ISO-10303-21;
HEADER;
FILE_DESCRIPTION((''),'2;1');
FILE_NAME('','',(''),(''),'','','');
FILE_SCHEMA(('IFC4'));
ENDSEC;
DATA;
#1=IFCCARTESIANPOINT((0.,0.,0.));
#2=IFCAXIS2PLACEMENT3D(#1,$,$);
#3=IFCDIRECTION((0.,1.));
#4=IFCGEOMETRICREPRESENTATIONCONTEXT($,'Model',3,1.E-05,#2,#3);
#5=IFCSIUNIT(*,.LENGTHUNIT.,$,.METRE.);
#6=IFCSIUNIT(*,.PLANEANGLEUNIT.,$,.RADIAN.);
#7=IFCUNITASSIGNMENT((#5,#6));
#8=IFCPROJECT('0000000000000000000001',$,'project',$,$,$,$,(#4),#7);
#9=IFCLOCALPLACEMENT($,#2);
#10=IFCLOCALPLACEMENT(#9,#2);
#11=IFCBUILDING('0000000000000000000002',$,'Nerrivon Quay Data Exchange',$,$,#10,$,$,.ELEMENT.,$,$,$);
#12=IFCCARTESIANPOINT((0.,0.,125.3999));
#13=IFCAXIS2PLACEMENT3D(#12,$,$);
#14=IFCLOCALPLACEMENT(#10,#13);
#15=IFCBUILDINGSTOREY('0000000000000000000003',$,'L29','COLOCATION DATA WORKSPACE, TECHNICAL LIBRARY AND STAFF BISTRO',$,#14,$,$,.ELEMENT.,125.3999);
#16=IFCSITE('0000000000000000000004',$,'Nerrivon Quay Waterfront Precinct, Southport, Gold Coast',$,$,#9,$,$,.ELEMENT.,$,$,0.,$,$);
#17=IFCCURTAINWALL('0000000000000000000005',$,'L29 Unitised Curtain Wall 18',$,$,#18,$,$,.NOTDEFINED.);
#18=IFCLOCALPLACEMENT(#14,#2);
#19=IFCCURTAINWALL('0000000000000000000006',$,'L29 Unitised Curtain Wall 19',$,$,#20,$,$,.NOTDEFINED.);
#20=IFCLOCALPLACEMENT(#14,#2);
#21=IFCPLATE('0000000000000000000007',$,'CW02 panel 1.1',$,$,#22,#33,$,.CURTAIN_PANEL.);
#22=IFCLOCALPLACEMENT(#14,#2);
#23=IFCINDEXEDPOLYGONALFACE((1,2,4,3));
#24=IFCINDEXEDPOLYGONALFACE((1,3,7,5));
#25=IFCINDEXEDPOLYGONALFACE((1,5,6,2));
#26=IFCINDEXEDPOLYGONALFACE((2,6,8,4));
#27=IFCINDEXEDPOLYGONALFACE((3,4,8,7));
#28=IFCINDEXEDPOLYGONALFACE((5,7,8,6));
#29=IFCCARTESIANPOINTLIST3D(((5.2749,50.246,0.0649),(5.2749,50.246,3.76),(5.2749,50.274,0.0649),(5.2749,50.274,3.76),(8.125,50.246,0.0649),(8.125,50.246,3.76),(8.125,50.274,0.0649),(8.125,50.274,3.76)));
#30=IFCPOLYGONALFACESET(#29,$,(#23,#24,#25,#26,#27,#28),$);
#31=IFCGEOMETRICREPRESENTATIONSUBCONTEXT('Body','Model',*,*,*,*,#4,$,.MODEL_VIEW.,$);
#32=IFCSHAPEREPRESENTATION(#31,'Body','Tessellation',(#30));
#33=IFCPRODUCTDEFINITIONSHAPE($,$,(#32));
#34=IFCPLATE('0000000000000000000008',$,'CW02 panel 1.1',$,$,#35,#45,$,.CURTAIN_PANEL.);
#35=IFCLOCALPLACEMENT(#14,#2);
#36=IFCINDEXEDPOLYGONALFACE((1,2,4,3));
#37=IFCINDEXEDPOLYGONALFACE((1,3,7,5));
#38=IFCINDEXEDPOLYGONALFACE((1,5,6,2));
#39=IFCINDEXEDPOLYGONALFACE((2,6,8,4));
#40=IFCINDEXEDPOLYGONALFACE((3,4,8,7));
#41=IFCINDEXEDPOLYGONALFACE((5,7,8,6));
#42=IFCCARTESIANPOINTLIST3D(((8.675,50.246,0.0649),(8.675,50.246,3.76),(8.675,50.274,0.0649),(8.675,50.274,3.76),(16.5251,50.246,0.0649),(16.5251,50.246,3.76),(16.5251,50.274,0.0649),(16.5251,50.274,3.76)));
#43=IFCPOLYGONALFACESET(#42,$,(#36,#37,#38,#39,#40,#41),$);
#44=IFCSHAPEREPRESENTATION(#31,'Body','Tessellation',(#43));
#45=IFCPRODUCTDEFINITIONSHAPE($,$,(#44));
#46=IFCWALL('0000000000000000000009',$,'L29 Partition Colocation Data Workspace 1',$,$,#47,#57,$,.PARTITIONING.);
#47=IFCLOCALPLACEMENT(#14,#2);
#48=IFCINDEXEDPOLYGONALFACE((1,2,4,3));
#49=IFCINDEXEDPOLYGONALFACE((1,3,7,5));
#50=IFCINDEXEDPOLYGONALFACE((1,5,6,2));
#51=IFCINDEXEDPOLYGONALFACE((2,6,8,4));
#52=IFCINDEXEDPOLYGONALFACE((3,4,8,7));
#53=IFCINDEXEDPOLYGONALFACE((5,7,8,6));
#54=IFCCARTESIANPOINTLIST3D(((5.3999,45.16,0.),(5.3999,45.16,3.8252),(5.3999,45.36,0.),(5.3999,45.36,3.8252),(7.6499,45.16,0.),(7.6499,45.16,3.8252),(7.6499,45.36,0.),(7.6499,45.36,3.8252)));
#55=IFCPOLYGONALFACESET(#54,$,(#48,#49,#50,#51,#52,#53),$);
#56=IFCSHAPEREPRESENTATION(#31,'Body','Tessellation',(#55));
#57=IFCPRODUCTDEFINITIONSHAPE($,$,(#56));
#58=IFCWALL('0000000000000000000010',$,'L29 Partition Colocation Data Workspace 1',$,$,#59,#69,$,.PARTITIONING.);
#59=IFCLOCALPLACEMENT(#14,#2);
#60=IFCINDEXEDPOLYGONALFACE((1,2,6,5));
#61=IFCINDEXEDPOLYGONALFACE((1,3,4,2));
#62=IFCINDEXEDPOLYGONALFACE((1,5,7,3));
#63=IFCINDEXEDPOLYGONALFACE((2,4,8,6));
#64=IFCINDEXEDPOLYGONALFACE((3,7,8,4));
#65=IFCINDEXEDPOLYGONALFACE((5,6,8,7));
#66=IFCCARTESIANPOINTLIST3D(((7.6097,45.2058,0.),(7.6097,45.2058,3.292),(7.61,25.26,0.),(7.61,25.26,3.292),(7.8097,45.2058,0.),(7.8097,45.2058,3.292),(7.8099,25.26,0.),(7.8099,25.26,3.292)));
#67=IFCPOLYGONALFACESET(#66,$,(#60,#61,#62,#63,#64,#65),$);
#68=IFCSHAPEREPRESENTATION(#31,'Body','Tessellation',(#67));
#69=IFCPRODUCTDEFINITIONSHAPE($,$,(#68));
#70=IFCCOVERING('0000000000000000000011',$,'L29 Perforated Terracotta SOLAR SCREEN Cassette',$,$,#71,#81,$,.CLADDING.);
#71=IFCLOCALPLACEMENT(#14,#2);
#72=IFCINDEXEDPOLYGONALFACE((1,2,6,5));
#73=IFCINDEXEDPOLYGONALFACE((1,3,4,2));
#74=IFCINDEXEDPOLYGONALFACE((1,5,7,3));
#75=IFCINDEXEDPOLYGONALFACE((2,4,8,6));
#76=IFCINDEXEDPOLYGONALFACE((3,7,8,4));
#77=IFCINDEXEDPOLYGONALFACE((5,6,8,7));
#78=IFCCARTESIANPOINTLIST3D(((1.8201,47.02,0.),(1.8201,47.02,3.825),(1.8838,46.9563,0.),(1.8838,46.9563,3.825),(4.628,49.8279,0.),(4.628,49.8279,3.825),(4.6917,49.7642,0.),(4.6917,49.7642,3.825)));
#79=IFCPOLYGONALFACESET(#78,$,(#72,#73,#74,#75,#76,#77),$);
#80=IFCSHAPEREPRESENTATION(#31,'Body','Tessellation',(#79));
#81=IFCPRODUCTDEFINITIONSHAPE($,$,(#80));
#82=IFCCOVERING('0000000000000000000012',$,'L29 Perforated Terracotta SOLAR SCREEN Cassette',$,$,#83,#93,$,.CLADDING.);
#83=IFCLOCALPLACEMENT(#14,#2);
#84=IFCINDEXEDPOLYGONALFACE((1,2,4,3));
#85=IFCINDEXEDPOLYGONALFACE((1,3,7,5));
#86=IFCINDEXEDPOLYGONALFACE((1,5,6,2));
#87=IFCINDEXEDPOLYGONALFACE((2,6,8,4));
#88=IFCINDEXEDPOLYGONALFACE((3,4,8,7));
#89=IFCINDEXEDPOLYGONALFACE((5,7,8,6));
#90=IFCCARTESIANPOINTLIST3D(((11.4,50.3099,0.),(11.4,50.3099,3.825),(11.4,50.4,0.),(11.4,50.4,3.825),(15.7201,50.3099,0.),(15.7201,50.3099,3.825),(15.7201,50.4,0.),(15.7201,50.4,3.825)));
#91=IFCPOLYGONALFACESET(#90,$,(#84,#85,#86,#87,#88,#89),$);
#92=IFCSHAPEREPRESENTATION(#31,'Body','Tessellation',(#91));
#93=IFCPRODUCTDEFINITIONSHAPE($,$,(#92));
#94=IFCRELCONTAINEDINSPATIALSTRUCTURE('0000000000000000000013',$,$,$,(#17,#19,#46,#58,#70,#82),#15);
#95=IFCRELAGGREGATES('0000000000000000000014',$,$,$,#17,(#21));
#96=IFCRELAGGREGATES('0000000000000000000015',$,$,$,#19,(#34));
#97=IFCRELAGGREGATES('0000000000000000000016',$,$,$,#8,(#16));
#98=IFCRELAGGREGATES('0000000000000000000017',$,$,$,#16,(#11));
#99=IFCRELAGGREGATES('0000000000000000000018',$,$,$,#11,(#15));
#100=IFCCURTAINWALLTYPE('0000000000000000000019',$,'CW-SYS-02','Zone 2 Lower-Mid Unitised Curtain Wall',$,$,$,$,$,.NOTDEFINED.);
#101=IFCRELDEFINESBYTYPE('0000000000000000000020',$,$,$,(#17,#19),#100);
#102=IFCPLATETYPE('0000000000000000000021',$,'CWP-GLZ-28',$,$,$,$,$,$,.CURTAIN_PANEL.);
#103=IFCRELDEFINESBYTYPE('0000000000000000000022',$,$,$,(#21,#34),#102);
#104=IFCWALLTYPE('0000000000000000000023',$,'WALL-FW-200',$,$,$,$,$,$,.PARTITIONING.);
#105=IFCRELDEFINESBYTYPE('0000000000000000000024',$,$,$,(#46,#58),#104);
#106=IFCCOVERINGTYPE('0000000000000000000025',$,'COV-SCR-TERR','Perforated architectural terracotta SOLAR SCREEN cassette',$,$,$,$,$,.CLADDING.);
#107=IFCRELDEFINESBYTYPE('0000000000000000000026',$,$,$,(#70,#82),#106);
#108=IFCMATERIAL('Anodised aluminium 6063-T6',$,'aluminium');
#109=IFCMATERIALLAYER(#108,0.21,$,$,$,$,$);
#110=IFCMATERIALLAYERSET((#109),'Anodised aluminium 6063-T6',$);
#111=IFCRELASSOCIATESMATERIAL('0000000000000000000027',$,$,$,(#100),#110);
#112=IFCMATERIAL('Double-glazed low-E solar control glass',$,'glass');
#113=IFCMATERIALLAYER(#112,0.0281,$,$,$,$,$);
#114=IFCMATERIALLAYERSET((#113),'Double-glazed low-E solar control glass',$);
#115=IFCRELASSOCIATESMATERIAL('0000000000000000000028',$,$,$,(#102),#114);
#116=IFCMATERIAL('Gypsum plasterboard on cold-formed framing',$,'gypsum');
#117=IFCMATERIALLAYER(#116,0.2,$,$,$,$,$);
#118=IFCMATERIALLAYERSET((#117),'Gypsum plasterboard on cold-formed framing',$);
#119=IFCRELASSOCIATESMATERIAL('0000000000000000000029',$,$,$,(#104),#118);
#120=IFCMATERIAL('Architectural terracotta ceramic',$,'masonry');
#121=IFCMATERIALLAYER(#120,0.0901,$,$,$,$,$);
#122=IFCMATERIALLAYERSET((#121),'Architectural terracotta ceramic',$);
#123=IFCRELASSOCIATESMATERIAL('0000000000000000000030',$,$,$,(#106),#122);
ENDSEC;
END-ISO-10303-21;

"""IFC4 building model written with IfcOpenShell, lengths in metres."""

from ifc_helpers import new_model, si_unit, direction, frame, frame_2d, origin, origin_2d, place, context, subcontext, project, spatial, rectangle, extrude, material, layer, layer_set, type_object, element, aggregate, save


model = new_model("IFC4")

# Units and contexts
model_context = context("Model", 3, precision=1e-05, world=origin(), true_north=direction((0.0, 1.0)))
body_context = subcontext(model_context, "Body", "Model", "MODEL_VIEW")
ifc_project = project(units=[si_unit("LENGTHUNIT", "METRE"), si_unit("PLANEANGLEUNIT", "RADIAN")], contexts=[model_context])

# Site, building, storey
site_placement = place(None, origin())
site = spatial("IfcSite", under=ifc_project, at=site_placement, Name="Nerrivon Quay Waterfront Precinct, Southport, Gold Coast", CompositionType="ELEMENT", RefElevation=0.0)
building_placement = place(site_placement, origin())
building = spatial("IfcBuilding", under=site, at=building_placement, Name="Nerrivon Quay Data Exchange", CompositionType="ELEMENT")
storey_placement = place(building_placement, frame((0.0, 0.0, 125.3999)))
storey = spatial("IfcBuildingStorey", under=building, at=storey_placement, Name="L29", Description="COLOCATION DATA WORKSPACE, TECHNICAL LIBRARY AND STAFF BISTRO", CompositionType="ELEMENT", Elevation=125.3999)

# Shared definitions
ifc_material_1 = material(Name="Anodised aluminium 6063-T6", Category="aluminium")
ifc_layer_1 = layer(ifc_material_1, 0.21)
ifc_layer_set_1 = layer_set([ifc_layer_1], Name="Anodised aluminium 6063-T6")
curtain_wall_type = type_object("IfcCurtainWallType", Name="CW-SYS-02", Description="Zone 2 Lower-Mid Unitised Curtain Wall", PredefinedType="NOTDEFINED", material=ifc_layer_set_1)

# Curtain wall
curtain_wall_1_placement = place(storey_placement, origin())
curtain_wall_1 = element("IfcCurtainWall", 1, at=curtain_wall_1_placement, inside=storey, type_object=curtain_wall_type, Name="L29 Unitised Curtain Wall 18", PredefinedType="NOTDEFINED")

# Curtain wall
curtain_wall_2_placement = place(storey_placement, origin())
curtain_wall_2 = element("IfcCurtainWall", 2, at=curtain_wall_2_placement, inside=storey, type_object=curtain_wall_type, Name="L29 Unitised Curtain Wall 19", PredefinedType="NOTDEFINED")

# Plates
ifc_material_2 = material(Name="Double-glazed low-E solar control glass", Category="glass")
ifc_layer_2 = layer(ifc_material_2, 0.0281)
ifc_layer_set_2 = layer_set([ifc_layer_2], Name="Double-glazed low-E solar control glass")
plate_type = type_object("IfcPlateType", Name="CWP-GLZ-28", PredefinedType="CURTAIN_PANEL", material=ifc_layer_set_2)
plate_1_placement = place(storey_placement, frame((6.7, 50.26, 0.0649), z_axis=(0.0, 0.0, 1.0), x_axis=(1.0, 0.0, 0.0)))
plate_1 = element("IfcPlate", 3, at=plate_1_placement, type_object=plate_type, Name="CW02 panel 1.1", PredefinedType="CURTAIN_PANEL", context=body_context, shape_type="SweptSolid", body=[
    extrude(rectangle(XDim=2.8501, YDim=0.0281, at=origin_2d()), origin(), (0.0, 0.0, 1.0), 3.6951),
])
aggregate(curtain_wall_1, [plate_1])
plate_2_placement = place(storey_placement, frame((12.6001, 50.26, 0.0649), z_axis=(0.0, 0.0, 1.0), x_axis=(1.0, 0.0, 0.0)))
plate_2 = element("IfcPlate", 4, at=plate_2_placement, type_object=plate_type, Name="CW02 panel 1.1", PredefinedType="CURTAIN_PANEL", context=body_context, shape_type="SweptSolid", body=[
    extrude(rectangle(XDim=7.8501, YDim=0.0281, at=origin_2d()), origin(), (0.0, 0.0, 1.0), 3.6951),
])
aggregate(curtain_wall_2, [plate_2])

# Walls
ifc_material_3 = material(Name="Gypsum plasterboard on cold-formed framing", Category="gypsum")
ifc_layer_3 = layer(ifc_material_3, 0.2)
ifc_layer_set_3 = layer_set([ifc_layer_3], Name="Gypsum plasterboard on cold-formed framing")
wall_type = type_object("IfcWallType", Name="WALL-FW-200", PredefinedType="PARTITIONING", material=ifc_layer_set_3)
wall_1_placement = place(storey_placement, frame((5.3999, 45.26, 0.0), z_axis=(0.0, 0.0, 1.0), x_axis=(1.0, 0.0, 0.0)))
element("IfcWall", 5, at=wall_1_placement, inside=storey, type_object=wall_type, Name="L29 Partition Colocation Data Workspace 1", PredefinedType="PARTITIONING", context=body_context, shape_type="SweptSolid", body=[
    extrude(rectangle(XDim=2.25, YDim=0.2, at=frame_2d((1.125, 0.0))), origin(), (0.0, 0.0, 1.0), 3.8252),
])
wall_2_placement = place(storey_placement, frame((7.7097, 45.2058, 0.0), z_axis=(0.0, 0.0, 1.0), x_axis=(0.000012, -1.0, 0.0)))
element("IfcWall", 6, at=wall_2_placement, inside=storey, type_object=wall_type, Name="L29 Partition Colocation Data Workspace 1", PredefinedType="PARTITIONING", context=body_context, shape_type="SweptSolid", body=[
    extrude(rectangle(XDim=19.9458, YDim=0.2, at=frame_2d((9.9729, 0.0))), origin(), (0.0, 0.0, 1.0), 3.292),
])

# Coverings
ifc_material_4 = material(Name="Architectural terracotta ceramic", Category="masonry")
ifc_layer_4 = layer(ifc_material_4, 0.0901)
ifc_layer_set_4 = layer_set([ifc_layer_4], Name="Architectural terracotta ceramic")
covering_type = type_object("IfcCoveringType", Name="COV-SCR-TERR", Description="Perforated architectural terracotta SOLAR SCREEN cassette", PredefinedType="CLADDING", material=ifc_layer_set_4)
covering_1_placement = place(storey_placement, frame((3.2559, 48.3921, 0.0), z_axis=(0.0, 0.0, 1.0), x_axis=(0.707107, 0.707107, 0.0)))
element("IfcCovering", 7, at=covering_1_placement, inside=storey, type_object=covering_type, Name="L29 Perforated Terracotta SOLAR SCREEN Cassette", PredefinedType="CLADDING", context=body_context, shape_type="SweptSolid", body=[
    extrude(rectangle(XDim=3.9709, YDim=0.0901, at=origin_2d()), origin(), (0.0, 0.0, 1.0), 3.825),
])
covering_2_placement = place(storey_placement, frame((13.5601, 50.355, 0.0), z_axis=(0.0, 0.0, 1.0), x_axis=(1.0, 0.0, 0.0)))
element("IfcCovering", 8, at=covering_2_placement, inside=storey, type_object=covering_type, Name="L29 Perforated Terracotta SOLAR SCREEN Cassette", PredefinedType="CLADDING", context=body_context, shape_type="SweptSolid", body=[
    extrude(rectangle(XDim=4.3201, YDim=0.0901, at=origin_2d()), origin(), (0.0, 0.0, 1.0), 3.825),
])

save(model, "model.ifc")
